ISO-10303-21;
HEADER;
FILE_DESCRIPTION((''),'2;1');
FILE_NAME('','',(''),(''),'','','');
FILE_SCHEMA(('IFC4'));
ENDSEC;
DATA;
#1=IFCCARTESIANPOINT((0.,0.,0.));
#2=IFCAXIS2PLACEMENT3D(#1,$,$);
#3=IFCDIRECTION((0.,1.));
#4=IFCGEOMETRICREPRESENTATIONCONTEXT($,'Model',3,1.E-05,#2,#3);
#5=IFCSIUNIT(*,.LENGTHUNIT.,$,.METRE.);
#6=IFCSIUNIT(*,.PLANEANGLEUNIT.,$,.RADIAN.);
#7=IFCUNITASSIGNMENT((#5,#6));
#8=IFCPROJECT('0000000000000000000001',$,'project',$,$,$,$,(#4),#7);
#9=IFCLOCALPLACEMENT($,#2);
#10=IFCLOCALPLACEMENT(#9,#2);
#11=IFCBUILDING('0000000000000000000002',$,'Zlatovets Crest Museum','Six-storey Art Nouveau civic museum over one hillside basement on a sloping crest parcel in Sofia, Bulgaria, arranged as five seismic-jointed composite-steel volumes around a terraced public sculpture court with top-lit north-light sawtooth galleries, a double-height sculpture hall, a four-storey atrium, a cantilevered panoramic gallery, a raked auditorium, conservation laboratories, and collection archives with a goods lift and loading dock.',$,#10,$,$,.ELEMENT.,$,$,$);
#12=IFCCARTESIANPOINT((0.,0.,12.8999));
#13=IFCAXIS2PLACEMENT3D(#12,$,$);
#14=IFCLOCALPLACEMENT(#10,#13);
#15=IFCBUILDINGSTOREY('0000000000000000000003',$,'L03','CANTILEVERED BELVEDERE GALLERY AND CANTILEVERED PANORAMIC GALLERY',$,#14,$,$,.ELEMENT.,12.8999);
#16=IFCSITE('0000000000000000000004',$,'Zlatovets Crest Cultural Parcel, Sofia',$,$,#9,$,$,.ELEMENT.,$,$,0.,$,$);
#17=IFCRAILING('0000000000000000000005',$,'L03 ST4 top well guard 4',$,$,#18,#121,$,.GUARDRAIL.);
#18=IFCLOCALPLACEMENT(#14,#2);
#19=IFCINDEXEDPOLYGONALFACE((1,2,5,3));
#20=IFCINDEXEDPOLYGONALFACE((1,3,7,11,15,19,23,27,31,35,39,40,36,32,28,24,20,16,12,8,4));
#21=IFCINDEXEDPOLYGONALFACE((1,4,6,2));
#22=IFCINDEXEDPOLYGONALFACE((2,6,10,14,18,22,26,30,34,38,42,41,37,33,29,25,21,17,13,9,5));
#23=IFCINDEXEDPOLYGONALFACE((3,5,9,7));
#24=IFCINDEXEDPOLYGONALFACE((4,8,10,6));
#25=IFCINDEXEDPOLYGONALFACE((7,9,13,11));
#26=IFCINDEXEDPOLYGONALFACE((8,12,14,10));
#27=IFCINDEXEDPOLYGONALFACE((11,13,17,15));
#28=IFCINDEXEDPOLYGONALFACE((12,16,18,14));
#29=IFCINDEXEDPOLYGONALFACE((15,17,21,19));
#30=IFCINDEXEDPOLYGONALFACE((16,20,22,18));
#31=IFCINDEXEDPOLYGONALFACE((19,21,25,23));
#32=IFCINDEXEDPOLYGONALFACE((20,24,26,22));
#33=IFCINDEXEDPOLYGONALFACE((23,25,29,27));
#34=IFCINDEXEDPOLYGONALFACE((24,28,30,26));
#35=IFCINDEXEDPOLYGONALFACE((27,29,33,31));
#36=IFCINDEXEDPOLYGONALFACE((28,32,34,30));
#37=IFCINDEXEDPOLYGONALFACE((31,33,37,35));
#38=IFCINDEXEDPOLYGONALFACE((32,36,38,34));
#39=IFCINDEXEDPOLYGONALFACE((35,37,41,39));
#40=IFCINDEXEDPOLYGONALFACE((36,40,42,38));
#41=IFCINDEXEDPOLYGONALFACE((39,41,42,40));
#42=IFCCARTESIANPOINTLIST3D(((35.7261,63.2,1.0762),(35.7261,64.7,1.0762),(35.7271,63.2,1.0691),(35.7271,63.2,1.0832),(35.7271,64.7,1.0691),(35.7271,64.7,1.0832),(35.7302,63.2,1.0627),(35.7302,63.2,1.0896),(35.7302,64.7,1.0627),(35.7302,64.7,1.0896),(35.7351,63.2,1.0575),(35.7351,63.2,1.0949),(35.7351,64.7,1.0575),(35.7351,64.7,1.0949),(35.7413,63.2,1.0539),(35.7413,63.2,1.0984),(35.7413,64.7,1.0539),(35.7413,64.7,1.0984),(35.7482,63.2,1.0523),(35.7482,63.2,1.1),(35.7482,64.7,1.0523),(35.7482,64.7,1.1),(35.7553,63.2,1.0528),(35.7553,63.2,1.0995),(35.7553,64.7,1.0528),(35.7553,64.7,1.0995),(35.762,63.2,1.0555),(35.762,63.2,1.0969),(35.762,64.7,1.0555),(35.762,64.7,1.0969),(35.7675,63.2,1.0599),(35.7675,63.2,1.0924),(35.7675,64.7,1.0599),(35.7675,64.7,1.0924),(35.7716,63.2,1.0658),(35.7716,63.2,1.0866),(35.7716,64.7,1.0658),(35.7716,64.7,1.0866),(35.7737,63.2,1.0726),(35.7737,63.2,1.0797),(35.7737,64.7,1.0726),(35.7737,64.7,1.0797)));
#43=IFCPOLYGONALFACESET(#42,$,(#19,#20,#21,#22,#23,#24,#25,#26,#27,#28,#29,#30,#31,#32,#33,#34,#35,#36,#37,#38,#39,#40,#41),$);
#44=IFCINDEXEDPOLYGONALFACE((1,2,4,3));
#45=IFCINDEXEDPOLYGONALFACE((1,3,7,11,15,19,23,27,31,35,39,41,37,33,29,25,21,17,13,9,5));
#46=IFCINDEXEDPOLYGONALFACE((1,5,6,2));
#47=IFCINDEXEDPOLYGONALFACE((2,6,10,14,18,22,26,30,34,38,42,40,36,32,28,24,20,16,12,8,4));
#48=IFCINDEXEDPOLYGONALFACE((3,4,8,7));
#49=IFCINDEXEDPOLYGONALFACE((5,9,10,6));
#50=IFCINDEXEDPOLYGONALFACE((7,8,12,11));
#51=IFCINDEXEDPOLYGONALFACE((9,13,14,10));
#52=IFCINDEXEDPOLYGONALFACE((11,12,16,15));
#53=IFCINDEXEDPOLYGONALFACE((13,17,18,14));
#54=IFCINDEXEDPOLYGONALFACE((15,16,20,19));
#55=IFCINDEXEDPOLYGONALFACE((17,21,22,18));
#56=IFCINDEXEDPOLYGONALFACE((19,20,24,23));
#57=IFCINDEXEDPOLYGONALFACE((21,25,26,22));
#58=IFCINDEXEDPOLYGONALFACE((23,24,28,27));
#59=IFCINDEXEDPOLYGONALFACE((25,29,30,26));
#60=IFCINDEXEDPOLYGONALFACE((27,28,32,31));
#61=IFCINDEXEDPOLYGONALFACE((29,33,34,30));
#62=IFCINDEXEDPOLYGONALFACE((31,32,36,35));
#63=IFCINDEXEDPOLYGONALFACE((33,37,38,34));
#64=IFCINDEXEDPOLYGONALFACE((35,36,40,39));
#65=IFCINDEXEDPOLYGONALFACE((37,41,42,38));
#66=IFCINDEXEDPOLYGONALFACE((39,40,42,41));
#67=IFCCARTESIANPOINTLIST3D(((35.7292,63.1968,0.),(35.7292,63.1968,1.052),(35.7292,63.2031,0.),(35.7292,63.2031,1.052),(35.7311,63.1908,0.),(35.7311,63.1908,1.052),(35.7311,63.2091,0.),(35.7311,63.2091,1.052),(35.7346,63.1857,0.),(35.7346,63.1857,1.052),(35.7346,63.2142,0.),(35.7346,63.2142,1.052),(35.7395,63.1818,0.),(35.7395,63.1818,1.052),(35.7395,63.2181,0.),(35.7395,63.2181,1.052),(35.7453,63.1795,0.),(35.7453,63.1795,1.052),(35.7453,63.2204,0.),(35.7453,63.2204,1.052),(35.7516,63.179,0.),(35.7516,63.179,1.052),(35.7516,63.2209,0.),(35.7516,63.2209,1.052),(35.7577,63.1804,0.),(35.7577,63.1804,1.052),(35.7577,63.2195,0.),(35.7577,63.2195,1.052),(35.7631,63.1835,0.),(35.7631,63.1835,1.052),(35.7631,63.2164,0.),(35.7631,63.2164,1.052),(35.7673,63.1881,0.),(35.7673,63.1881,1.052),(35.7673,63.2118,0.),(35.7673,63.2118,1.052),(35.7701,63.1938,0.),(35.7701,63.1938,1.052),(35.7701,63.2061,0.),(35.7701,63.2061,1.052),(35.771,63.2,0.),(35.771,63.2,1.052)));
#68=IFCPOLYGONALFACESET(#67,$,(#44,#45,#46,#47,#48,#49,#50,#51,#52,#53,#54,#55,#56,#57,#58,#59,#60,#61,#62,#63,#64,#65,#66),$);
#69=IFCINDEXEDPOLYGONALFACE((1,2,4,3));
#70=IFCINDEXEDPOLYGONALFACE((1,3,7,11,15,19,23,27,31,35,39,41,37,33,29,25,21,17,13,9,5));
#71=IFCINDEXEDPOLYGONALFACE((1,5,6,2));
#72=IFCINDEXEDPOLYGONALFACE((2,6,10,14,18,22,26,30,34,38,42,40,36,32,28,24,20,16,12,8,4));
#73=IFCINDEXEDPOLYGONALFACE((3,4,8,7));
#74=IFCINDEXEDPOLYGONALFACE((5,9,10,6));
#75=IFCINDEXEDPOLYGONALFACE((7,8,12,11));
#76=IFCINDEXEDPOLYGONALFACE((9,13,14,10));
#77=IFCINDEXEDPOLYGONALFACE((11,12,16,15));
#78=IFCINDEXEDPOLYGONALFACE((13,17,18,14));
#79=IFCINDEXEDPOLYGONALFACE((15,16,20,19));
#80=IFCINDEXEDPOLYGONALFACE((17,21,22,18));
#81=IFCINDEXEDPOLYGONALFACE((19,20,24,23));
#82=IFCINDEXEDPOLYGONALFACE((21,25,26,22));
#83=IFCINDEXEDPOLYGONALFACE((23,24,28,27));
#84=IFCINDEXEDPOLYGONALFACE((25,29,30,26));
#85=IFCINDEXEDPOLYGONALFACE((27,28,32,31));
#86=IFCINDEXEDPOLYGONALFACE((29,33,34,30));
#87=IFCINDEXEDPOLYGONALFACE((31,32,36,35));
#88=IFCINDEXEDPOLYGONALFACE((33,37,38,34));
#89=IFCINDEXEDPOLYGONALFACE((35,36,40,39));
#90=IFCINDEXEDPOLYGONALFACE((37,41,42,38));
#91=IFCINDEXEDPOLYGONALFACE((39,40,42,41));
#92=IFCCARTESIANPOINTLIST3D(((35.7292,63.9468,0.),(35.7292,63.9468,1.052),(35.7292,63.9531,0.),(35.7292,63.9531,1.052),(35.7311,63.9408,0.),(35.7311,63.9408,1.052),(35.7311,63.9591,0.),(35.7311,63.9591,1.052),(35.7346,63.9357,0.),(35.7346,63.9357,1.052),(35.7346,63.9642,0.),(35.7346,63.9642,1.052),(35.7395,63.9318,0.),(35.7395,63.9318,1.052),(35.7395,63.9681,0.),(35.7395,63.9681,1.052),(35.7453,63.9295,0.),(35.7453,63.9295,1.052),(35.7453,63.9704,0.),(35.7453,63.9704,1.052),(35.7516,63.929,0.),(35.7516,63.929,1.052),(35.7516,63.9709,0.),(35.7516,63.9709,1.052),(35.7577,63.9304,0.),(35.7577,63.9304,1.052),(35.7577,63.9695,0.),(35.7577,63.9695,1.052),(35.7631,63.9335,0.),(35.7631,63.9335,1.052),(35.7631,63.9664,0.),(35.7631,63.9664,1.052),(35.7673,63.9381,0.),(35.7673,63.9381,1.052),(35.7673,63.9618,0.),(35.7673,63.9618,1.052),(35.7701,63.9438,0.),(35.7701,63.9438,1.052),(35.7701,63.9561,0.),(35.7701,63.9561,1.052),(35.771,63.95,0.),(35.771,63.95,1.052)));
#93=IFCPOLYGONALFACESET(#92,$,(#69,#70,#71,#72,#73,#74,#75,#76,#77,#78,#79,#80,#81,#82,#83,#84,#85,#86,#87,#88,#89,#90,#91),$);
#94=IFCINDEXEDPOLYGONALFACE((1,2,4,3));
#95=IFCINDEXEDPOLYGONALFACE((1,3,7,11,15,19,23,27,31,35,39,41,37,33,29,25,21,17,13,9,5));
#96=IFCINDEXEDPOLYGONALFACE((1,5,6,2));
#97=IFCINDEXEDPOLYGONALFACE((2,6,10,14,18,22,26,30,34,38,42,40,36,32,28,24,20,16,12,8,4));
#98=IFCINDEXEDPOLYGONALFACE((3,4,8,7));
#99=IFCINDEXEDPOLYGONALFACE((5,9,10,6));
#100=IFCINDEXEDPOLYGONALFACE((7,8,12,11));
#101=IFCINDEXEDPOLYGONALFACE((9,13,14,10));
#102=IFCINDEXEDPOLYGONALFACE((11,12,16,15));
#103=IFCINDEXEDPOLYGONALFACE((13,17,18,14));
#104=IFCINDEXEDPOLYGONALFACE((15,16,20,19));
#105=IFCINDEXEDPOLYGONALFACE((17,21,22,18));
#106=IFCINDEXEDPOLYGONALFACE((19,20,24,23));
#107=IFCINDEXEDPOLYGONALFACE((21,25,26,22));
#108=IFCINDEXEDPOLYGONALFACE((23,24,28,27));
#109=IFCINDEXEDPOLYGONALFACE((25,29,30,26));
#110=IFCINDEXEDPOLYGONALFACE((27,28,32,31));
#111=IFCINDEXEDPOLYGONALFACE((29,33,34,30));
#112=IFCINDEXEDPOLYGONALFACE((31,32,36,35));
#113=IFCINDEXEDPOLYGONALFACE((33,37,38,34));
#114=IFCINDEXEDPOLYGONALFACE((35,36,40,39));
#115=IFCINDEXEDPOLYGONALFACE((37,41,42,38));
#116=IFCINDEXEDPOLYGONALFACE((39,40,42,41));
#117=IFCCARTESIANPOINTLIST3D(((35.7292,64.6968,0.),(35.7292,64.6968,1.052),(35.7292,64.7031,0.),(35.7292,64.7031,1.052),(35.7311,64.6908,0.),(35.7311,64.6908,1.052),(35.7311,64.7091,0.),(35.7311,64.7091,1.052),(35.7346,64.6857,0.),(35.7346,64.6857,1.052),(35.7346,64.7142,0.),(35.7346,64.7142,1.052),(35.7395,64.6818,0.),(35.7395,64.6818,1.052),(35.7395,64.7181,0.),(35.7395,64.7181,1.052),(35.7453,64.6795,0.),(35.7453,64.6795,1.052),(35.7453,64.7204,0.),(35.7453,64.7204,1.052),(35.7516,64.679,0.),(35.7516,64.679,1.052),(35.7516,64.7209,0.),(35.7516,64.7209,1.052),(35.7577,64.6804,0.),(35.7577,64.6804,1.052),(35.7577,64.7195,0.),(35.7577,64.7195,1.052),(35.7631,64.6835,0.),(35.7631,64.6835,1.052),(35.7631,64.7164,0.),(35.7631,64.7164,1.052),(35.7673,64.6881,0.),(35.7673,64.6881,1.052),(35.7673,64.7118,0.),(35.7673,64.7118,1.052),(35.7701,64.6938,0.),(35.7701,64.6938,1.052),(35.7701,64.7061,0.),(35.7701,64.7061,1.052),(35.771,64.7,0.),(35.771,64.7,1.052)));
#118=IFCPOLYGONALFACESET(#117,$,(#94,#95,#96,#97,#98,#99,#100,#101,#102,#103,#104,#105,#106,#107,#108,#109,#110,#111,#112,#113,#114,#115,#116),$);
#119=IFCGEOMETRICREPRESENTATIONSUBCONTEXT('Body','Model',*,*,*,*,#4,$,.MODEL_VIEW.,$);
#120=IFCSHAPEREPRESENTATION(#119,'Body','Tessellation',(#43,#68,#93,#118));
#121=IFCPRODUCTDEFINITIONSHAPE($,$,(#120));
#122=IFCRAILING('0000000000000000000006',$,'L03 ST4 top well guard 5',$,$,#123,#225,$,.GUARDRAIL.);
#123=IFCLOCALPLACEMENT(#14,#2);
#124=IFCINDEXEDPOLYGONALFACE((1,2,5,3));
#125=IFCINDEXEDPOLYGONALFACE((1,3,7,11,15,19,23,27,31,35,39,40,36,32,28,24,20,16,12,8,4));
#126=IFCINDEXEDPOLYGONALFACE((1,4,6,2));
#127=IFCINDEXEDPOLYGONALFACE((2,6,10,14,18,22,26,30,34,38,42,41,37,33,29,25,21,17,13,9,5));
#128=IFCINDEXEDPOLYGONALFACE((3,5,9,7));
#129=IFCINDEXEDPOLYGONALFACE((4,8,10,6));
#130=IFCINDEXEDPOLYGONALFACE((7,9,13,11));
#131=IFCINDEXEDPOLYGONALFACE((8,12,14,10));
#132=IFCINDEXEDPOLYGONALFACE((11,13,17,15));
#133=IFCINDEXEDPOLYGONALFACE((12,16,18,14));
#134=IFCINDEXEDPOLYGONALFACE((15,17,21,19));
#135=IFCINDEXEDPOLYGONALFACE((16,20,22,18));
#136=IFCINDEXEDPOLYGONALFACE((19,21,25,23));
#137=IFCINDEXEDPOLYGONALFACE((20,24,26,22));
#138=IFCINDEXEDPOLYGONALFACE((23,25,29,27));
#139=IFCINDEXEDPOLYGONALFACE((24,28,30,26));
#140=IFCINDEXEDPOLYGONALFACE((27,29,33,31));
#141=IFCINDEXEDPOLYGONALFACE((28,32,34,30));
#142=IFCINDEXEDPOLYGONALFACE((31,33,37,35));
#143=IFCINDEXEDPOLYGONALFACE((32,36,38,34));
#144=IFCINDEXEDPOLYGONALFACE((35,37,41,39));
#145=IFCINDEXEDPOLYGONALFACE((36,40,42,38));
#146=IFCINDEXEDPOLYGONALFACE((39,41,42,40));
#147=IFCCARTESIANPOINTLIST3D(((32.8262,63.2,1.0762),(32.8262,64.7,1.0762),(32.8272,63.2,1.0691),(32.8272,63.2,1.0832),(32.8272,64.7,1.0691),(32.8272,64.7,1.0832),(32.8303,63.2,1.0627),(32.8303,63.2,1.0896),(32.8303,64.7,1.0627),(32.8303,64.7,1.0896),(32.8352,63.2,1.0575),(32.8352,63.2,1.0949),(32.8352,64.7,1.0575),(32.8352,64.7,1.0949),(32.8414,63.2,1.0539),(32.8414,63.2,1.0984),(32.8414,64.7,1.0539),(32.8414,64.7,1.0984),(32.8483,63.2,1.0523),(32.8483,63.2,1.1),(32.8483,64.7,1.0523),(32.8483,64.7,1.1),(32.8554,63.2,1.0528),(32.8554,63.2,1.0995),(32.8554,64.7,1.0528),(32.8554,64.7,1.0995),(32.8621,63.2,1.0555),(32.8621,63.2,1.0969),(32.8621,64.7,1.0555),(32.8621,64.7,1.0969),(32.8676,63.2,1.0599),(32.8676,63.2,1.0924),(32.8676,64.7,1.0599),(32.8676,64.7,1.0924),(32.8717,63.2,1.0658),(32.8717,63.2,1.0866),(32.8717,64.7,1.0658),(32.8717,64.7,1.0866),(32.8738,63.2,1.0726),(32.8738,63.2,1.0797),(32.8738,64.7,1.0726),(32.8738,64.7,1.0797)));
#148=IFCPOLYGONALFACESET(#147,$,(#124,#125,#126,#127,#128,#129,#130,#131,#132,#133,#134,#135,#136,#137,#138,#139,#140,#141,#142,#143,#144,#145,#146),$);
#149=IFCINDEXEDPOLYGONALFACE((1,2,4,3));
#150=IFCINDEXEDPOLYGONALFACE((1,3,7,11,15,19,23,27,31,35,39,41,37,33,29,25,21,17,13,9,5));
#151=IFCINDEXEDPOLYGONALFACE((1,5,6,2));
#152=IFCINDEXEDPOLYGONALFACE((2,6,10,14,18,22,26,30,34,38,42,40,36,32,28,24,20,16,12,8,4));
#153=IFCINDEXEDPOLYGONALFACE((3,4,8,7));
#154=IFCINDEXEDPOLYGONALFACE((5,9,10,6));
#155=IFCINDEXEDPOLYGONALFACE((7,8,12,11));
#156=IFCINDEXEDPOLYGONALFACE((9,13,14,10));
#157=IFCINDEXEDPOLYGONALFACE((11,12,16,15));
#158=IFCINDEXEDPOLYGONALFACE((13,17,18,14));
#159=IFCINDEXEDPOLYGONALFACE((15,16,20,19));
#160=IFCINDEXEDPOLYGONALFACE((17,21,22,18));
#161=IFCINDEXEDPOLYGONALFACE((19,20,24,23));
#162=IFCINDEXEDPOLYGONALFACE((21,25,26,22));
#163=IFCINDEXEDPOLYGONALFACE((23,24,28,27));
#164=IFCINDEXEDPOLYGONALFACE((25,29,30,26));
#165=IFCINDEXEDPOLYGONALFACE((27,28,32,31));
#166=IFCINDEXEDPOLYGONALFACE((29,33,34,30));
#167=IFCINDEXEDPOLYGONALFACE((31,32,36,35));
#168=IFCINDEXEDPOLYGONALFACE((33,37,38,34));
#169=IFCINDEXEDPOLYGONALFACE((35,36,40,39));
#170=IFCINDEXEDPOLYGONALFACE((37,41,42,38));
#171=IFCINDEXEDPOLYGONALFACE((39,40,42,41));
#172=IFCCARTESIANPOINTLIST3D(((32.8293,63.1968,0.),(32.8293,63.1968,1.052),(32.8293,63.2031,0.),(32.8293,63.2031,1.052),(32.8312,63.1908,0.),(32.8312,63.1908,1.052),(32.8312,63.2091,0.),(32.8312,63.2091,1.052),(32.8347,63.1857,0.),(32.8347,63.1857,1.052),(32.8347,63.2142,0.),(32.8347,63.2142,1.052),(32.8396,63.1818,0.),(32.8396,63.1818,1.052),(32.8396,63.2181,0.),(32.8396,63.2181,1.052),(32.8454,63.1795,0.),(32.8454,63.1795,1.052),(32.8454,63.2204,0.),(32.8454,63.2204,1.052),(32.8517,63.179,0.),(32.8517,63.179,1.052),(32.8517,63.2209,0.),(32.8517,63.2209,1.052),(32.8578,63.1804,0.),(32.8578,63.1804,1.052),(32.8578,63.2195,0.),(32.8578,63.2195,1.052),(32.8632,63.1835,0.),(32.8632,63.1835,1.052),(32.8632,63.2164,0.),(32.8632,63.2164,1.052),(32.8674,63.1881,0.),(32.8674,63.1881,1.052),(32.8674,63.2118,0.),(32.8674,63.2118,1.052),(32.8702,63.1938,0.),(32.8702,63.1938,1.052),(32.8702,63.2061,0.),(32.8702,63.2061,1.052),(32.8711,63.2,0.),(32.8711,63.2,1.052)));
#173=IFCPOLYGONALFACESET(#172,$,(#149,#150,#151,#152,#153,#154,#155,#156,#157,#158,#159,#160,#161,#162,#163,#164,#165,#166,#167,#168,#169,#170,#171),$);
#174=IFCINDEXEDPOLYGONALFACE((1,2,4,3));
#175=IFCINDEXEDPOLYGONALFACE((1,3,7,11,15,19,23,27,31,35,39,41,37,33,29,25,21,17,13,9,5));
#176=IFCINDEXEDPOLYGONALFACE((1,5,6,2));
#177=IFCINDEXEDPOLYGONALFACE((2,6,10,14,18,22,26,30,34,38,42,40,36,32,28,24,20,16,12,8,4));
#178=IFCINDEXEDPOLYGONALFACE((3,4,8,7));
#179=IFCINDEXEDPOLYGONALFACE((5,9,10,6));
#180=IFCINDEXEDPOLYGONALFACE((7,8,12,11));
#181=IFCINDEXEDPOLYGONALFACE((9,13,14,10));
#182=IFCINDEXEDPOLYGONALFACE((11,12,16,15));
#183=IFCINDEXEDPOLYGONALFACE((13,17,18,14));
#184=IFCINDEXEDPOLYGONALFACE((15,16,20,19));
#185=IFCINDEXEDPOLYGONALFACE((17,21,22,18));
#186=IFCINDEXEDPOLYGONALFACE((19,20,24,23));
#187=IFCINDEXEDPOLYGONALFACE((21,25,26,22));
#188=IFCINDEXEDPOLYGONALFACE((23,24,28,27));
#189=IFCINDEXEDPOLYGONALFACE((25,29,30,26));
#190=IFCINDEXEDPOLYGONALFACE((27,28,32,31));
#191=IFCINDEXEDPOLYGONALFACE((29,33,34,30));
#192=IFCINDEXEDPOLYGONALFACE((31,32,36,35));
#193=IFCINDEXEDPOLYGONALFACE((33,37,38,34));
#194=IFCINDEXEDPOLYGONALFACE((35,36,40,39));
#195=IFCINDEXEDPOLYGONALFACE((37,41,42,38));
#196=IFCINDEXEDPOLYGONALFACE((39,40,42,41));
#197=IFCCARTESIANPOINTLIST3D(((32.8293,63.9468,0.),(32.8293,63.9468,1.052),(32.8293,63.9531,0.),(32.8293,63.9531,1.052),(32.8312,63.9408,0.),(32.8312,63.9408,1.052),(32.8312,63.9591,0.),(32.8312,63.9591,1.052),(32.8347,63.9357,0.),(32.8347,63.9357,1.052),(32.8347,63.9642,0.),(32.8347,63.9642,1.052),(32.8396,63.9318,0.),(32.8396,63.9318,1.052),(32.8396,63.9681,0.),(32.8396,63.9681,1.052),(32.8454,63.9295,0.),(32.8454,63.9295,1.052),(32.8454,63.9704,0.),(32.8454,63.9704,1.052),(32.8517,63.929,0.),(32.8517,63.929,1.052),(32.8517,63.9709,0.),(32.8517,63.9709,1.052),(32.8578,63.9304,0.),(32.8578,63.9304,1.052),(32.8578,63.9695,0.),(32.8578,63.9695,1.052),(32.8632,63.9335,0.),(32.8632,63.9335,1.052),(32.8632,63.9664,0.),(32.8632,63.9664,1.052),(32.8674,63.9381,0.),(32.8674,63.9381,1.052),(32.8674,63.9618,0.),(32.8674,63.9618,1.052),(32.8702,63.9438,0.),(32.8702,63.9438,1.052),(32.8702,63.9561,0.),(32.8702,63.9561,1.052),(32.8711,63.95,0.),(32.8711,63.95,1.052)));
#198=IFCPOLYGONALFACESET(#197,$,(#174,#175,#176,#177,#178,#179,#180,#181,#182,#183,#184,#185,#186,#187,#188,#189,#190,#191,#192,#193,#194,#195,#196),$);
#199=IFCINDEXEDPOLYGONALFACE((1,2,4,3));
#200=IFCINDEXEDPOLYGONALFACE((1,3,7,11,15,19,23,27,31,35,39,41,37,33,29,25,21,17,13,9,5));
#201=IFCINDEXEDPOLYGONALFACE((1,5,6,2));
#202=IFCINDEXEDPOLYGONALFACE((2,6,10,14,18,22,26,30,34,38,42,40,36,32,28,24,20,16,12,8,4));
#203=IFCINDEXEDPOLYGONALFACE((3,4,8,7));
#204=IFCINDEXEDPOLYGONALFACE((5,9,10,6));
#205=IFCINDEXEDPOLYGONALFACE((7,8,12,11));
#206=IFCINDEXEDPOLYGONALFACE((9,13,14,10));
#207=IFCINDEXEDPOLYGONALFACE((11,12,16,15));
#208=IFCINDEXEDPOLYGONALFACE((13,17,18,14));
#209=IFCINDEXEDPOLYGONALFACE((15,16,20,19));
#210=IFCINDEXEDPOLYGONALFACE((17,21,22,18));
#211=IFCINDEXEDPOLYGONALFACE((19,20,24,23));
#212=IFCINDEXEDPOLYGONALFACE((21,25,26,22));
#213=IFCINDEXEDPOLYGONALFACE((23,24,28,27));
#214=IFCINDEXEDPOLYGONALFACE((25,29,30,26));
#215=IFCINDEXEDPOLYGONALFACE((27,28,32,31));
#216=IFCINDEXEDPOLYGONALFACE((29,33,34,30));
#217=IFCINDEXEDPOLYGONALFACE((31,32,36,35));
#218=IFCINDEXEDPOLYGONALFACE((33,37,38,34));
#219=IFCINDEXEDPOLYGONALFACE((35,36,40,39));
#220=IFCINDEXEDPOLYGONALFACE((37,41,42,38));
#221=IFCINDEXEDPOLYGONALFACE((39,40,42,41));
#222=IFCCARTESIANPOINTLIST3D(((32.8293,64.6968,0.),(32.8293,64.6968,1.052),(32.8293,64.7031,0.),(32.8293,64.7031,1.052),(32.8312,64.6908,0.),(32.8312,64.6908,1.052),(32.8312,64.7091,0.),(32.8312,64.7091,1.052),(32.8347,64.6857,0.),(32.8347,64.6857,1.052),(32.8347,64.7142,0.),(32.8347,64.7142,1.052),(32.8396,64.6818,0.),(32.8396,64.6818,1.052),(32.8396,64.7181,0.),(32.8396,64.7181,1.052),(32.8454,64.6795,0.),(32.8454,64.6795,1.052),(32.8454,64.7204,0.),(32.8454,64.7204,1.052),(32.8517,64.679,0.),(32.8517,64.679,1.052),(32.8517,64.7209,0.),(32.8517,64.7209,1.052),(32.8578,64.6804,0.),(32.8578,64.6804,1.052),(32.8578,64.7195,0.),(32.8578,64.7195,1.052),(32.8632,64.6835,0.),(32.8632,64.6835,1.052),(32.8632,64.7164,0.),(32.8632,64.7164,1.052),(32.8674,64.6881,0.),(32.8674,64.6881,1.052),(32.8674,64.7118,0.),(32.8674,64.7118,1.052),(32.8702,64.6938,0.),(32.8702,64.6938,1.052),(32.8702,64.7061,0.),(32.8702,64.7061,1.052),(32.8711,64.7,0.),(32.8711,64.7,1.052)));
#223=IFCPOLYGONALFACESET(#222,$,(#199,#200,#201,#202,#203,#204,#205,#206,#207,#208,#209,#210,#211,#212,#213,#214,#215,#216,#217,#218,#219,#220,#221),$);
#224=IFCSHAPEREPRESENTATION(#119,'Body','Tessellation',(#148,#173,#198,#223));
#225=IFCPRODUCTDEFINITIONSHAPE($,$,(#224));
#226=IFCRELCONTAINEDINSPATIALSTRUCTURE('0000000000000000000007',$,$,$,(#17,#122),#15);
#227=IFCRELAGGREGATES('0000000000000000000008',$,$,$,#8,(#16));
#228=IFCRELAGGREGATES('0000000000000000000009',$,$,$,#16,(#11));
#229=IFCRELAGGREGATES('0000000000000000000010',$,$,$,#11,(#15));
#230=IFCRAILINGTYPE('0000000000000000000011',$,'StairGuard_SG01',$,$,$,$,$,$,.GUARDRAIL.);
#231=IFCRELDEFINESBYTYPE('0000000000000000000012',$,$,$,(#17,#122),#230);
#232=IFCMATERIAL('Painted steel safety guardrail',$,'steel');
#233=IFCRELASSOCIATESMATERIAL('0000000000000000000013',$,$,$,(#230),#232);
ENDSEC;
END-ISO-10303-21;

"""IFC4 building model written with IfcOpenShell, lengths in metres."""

from ifc_helpers import new_model, si_unit, direction, frame, origin, origin_2d, place, context, subcontext, project, spatial, circle, extrude, material, type_object, element, save


model = new_model("IFC4")

# Units and contexts
model_context = context("Model", 3, precision=1e-05, world=origin(), true_north=direction((0.0, 1.0)))
body_context = subcontext(model_context, "Body", "Model", "MODEL_VIEW")
ifc_project = project(units=[si_unit("LENGTHUNIT", "METRE"), si_unit("PLANEANGLEUNIT", "RADIAN")], contexts=[model_context])

# Site, building, storey
site_placement = place(None, origin())
site = spatial("IfcSite", under=ifc_project, at=site_placement, Name="Zlatovets Crest Cultural Parcel, Sofia", CompositionType="ELEMENT", RefElevation=0.0)
building_placement = place(site_placement, origin())
building = spatial("IfcBuilding", under=site, at=building_placement, Name="Zlatovets Crest Museum", Description="Six-storey Art Nouveau civic museum over one hillside basement on a sloping crest parcel in Sofia, Bulgaria, arranged as five seismic-jointed composite-steel volumes around a terraced public sculpture court with top-lit north-light sawtooth galleries, a double-height sculpture hall, a four-storey atrium, a cantilevered panoramic gallery, a raked auditorium, conservation laboratories, and collection archives with a goods lift and loading dock.", CompositionType="ELEMENT")
storey_placement = place(building_placement, frame((0.0, 0.0, 12.8999)))
storey = spatial("IfcBuildingStorey", under=building, at=storey_placement, Name="L03", Description="CANTILEVERED BELVEDERE GALLERY AND CANTILEVERED PANORAMIC GALLERY", CompositionType="ELEMENT", Elevation=12.8999)

# Railings
ifc_material_1 = material(Name="Painted steel safety guardrail", Category="steel")
railing_type = type_object("IfcRailingType", Name="StairGuard_SG01", PredefinedType="GUARDRAIL", material=ifc_material_1)
for number, where, name in (
    (1, (35.75, 63.2, 0.0), "L03 ST4 top well guard 4"),
    (2, (32.8501, 63.2, 0.0), "L03 ST4 top well guard 5"),
):
    element("IfcRailing", number, at=place(storey_placement, frame(where)), inside=storey, type_object=railing_type, Name=name, PredefinedType="GUARDRAIL", context=body_context, shape_type="SweptSolid", body=[
        extrude(circle(Radius=0.0239, at=origin_2d()), frame((0.0, 0.0, 1.0762), z_axis=(0.0, 1.0, 0.0), x_axis=(-1.0, 0.0, 0.0)), (0.0, 0.0, 1.0), 1.5),
        extrude(circle(Radius=0.021, at=origin_2d()), origin(), (0.0, 0.0, 1.0), 1.052),
        extrude(circle(Radius=0.021, at=origin_2d()), frame((0.0, 0.75, 0.0)), (0.0, 0.0, 1.0), 1.052),
        extrude(circle(Radius=0.021, at=origin_2d()), frame((0.0, 1.5, 0.0)), (0.0, 0.0, 1.0), 1.052),
    ])

save(model, "model.ifc")
